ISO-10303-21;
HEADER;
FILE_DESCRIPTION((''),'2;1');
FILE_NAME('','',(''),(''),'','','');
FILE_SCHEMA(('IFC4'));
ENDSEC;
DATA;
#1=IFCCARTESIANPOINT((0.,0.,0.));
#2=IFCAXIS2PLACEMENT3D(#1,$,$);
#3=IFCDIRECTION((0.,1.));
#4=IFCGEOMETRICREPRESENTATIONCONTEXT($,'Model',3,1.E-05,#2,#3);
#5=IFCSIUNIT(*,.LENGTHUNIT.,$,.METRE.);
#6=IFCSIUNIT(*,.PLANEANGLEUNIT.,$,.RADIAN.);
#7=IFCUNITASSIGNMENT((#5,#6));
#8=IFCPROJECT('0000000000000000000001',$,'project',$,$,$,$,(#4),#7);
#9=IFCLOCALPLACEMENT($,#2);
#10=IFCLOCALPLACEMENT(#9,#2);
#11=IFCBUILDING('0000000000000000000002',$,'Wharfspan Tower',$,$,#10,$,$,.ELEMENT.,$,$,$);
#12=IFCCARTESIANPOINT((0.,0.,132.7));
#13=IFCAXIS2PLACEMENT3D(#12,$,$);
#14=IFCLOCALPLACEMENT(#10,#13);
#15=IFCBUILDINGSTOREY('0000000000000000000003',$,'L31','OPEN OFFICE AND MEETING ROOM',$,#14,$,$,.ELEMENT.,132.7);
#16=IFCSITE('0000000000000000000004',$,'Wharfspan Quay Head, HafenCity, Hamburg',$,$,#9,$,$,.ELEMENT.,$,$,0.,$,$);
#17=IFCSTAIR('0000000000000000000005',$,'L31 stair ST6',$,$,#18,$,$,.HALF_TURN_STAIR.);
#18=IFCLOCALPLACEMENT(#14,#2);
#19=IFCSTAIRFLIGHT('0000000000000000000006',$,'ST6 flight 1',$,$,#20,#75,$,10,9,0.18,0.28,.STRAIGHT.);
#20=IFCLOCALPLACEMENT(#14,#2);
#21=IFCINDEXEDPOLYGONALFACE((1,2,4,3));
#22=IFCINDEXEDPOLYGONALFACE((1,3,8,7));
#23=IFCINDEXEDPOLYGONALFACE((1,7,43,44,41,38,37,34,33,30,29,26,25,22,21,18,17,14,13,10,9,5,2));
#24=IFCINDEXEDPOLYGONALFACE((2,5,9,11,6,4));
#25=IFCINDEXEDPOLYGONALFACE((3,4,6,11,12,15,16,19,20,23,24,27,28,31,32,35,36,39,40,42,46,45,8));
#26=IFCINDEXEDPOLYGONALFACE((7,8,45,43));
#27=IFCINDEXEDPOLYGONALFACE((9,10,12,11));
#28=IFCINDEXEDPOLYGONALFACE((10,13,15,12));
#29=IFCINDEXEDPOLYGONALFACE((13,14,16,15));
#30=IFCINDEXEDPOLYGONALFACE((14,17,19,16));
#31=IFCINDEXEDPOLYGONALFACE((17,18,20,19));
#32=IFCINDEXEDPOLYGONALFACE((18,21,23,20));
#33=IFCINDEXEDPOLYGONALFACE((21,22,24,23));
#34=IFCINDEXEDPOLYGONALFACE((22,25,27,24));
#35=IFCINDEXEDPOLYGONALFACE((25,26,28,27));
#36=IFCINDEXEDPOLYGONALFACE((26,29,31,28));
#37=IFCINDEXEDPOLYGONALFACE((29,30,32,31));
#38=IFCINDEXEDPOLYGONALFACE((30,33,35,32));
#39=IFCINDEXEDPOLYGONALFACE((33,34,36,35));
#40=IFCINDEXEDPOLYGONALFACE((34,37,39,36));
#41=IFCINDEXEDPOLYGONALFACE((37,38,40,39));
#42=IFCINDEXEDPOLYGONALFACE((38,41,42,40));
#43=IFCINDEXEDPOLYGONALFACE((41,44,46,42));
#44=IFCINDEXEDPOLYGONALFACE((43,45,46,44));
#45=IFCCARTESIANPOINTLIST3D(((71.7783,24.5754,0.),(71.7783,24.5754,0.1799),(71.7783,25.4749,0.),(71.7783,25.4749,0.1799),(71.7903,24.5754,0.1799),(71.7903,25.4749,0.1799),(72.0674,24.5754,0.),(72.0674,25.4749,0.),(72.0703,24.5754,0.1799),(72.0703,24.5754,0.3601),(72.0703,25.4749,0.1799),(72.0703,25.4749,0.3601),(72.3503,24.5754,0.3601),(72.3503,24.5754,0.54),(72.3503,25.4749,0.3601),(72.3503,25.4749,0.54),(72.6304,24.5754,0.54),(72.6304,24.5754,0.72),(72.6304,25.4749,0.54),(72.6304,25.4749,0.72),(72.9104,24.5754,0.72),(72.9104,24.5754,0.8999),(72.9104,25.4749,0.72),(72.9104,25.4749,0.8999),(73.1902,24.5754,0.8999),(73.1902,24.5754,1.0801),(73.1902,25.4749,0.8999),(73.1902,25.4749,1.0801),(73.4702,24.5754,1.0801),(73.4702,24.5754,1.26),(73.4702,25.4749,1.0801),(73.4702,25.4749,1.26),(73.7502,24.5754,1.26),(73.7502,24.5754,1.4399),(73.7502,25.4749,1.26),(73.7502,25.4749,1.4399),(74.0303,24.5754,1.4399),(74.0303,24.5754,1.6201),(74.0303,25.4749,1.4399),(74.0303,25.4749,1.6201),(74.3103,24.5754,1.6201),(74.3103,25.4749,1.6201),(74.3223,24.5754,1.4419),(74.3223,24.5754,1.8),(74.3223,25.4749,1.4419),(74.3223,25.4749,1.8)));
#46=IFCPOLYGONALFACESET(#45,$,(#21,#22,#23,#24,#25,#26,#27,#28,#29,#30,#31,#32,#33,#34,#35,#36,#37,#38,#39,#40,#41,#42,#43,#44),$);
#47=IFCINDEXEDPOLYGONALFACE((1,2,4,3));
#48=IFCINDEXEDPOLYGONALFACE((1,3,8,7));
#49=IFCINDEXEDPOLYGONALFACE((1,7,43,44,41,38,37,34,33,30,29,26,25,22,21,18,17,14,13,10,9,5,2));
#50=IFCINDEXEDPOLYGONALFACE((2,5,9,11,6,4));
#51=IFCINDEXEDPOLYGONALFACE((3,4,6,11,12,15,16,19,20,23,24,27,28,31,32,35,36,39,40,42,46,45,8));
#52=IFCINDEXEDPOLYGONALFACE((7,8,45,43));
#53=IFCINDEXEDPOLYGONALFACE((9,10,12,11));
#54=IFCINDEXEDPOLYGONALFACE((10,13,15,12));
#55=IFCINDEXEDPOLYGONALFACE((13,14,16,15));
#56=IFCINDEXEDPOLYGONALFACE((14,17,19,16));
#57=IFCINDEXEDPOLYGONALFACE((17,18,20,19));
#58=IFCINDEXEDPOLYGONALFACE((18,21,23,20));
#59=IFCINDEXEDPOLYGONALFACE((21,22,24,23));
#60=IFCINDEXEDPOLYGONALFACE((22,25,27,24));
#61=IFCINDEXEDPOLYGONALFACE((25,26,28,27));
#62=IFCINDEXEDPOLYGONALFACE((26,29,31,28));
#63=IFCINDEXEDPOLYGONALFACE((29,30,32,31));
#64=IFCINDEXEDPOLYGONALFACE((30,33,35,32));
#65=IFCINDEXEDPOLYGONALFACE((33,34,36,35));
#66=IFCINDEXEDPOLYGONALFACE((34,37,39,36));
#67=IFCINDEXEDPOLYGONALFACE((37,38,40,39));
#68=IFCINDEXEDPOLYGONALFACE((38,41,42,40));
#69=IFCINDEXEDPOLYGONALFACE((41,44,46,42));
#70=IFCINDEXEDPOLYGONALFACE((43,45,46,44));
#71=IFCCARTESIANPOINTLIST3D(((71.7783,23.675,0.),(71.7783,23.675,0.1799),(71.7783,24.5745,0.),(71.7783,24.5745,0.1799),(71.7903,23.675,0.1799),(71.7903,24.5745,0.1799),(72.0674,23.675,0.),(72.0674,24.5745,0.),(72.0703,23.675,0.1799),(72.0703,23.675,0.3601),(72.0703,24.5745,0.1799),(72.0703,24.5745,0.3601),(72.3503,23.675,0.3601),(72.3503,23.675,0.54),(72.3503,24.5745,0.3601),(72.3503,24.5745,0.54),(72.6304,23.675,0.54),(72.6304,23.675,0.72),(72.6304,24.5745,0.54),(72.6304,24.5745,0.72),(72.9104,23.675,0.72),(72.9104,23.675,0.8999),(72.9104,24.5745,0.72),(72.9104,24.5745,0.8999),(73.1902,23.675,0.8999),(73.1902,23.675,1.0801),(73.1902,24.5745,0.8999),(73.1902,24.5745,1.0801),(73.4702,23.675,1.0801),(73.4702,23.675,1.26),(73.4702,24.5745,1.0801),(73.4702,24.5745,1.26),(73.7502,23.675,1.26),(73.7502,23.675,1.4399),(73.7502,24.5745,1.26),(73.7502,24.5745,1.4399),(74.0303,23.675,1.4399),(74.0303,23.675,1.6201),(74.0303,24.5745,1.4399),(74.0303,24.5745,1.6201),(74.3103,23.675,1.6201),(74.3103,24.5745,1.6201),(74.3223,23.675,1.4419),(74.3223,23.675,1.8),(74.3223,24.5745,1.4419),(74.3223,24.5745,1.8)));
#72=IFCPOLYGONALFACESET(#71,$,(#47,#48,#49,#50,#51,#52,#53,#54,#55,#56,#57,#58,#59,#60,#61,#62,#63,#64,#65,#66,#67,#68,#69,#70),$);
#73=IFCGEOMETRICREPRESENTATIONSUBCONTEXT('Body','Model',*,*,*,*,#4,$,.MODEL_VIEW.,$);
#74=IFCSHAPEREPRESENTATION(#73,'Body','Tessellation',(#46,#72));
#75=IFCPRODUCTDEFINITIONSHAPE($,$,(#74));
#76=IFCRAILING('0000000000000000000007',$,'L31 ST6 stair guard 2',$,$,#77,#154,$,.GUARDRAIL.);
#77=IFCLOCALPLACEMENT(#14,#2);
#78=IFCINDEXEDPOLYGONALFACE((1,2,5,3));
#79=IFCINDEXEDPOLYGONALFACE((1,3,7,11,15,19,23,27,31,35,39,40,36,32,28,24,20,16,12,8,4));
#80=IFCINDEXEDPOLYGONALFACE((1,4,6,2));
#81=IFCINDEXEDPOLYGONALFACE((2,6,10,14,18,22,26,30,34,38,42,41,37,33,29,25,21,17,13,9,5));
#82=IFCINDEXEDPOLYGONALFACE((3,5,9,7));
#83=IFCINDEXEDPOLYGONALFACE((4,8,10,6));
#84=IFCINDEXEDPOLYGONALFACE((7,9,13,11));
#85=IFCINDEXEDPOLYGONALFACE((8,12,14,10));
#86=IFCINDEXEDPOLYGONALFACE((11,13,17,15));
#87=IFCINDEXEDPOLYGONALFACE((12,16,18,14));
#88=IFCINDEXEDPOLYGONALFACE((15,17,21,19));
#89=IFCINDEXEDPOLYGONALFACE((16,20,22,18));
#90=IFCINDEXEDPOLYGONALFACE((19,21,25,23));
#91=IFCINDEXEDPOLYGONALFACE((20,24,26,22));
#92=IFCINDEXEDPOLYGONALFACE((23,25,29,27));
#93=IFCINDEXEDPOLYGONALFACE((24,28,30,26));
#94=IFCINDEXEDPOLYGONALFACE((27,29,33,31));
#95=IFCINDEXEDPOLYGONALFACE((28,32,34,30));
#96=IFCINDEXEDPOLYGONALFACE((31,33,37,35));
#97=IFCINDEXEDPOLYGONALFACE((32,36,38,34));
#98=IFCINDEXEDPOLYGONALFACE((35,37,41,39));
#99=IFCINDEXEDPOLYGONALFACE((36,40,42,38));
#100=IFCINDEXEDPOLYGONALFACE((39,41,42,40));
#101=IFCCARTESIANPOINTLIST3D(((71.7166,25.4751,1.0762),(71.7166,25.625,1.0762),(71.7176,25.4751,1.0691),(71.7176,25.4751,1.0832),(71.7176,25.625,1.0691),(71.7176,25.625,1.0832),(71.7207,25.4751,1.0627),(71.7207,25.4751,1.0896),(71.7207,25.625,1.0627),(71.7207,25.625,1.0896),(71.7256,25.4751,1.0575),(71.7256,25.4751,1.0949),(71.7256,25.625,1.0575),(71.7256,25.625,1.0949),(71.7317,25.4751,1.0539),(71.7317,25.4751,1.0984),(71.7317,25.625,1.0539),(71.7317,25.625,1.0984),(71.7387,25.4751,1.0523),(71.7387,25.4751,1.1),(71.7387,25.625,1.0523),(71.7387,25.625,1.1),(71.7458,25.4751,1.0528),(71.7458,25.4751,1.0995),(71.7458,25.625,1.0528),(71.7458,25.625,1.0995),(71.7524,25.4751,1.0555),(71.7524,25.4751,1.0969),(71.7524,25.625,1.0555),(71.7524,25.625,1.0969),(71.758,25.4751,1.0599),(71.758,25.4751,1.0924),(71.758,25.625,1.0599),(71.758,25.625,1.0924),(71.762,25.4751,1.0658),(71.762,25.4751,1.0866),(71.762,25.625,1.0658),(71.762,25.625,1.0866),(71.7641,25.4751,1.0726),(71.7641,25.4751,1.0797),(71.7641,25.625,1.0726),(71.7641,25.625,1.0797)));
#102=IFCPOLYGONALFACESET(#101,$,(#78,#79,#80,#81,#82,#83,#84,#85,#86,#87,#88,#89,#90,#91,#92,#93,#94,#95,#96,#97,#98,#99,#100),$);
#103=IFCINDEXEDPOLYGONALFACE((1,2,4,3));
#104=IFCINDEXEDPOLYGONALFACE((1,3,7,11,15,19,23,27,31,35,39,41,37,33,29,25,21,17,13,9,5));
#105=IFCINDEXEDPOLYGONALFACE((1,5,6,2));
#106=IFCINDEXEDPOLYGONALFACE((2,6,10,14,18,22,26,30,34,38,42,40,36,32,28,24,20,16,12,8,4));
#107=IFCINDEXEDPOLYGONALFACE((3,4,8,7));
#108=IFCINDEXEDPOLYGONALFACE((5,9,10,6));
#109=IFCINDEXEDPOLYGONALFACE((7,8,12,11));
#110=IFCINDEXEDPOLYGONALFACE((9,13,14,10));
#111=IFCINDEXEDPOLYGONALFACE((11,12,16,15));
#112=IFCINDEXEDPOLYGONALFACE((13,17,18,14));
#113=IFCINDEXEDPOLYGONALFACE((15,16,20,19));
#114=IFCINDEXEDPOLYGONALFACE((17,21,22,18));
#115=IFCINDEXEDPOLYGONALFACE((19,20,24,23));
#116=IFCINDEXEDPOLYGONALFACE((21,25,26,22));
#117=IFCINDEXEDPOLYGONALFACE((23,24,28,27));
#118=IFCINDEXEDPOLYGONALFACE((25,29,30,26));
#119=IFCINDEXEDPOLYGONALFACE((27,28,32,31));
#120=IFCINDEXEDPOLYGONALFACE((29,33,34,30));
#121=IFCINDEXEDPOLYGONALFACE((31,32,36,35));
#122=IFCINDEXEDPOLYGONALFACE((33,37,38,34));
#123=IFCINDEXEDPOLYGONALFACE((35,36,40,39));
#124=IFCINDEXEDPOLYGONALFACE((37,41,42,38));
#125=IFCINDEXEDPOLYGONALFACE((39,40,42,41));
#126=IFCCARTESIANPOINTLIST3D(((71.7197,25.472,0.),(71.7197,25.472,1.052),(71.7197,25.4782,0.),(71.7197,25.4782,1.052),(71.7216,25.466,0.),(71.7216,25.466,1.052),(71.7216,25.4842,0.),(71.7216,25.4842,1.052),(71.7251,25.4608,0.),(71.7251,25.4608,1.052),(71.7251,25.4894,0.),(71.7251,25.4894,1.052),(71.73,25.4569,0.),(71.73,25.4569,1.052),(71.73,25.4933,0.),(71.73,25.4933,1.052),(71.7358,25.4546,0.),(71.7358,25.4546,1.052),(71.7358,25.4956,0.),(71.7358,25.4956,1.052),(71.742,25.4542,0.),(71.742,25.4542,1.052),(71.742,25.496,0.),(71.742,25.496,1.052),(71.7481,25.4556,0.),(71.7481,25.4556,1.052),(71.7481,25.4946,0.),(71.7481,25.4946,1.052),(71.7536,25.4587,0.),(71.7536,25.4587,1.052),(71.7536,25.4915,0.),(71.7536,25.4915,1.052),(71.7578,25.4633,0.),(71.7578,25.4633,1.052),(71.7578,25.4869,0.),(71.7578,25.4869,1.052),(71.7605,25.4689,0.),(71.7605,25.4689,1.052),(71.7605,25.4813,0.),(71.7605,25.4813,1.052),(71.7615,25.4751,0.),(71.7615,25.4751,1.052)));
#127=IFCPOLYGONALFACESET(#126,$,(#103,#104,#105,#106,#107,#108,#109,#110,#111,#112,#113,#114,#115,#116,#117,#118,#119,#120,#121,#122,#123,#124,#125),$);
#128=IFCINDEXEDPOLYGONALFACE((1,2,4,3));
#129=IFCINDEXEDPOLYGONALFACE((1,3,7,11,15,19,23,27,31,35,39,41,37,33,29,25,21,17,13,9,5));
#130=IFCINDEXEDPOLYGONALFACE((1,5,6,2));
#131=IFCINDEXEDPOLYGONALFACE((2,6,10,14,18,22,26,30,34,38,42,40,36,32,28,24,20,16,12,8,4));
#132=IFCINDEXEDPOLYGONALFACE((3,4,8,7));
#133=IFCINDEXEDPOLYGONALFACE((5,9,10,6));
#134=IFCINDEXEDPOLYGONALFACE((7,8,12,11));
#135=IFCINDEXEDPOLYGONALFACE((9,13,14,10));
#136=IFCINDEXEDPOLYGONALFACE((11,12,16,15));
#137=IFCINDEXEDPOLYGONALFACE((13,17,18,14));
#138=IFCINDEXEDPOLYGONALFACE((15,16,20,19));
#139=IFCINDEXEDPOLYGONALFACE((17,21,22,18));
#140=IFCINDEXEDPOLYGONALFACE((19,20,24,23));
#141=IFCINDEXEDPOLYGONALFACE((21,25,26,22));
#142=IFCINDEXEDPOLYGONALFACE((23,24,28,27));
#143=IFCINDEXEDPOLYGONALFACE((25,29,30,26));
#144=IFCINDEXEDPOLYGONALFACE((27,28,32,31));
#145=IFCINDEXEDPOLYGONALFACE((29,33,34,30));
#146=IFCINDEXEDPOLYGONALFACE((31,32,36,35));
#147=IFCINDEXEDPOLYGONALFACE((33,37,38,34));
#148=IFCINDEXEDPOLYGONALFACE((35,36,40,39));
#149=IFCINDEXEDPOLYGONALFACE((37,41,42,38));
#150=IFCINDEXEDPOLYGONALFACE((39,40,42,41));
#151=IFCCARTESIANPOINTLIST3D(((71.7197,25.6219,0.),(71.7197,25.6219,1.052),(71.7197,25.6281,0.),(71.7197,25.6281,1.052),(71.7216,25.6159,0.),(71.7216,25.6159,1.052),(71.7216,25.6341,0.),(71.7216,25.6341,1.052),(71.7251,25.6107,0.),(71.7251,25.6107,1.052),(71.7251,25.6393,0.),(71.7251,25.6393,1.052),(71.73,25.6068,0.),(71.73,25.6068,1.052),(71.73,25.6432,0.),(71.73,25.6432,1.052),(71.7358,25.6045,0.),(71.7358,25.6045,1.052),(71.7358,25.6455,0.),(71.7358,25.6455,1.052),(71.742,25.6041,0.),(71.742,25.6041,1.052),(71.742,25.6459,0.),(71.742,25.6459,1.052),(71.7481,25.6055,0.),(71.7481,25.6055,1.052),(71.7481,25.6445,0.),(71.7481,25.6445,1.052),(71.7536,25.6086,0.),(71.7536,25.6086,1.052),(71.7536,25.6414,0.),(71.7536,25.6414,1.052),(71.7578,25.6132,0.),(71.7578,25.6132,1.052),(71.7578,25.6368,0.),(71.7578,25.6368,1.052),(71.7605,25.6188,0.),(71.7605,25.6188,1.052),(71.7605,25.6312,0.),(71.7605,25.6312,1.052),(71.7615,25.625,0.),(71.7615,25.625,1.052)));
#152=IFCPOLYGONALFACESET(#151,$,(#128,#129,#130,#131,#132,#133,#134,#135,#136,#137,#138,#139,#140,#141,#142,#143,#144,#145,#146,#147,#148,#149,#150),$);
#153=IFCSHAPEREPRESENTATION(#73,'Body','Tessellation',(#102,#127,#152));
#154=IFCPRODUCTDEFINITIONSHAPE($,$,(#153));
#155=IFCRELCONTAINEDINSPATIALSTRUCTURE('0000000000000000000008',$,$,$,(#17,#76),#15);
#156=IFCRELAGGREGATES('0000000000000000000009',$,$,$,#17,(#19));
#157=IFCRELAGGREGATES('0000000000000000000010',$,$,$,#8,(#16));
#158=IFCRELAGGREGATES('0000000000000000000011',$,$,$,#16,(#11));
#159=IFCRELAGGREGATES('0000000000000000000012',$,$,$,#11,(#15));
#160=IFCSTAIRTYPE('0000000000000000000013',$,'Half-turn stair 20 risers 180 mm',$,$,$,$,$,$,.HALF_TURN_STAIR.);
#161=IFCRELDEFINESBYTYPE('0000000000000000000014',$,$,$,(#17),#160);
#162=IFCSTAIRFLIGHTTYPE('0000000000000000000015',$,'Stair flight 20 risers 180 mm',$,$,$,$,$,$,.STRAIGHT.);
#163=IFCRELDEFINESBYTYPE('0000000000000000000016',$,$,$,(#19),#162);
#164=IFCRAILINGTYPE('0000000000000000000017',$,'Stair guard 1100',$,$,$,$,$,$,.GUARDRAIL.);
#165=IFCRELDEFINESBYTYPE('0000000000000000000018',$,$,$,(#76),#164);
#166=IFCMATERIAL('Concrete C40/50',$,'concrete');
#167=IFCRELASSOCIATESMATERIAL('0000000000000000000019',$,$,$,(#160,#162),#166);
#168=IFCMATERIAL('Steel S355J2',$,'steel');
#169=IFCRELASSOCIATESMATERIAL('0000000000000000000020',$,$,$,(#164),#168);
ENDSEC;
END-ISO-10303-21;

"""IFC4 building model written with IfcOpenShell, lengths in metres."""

from ifc_helpers import new_model, si_unit, direction, frame, origin, origin_2d, place, context, subcontext, project, spatial, polyline, circle, outline, extrude, material, type_object, element, aggregate, save


model = new_model("IFC4")

# Units and contexts
model_context = context("Model", 3, precision=1e-05, world=origin(), true_north=direction((0.0, 1.0)))
body_context = subcontext(model_context, "Body", "Model", "MODEL_VIEW")
ifc_project = project(units=[si_unit("LENGTHUNIT", "METRE"), si_unit("PLANEANGLEUNIT", "RADIAN")], contexts=[model_context])

# Site, building, storey
site_placement = place(None, origin())
site = spatial("IfcSite", under=ifc_project, at=site_placement, Name="Wharfspan Quay Head, HafenCity, Hamburg", CompositionType="ELEMENT", RefElevation=0.0)
building_placement = place(site_placement, origin())
building = spatial("IfcBuilding", under=site, at=building_placement, Name="Wharfspan Tower", CompositionType="ELEMENT")
storey_placement = place(building_placement, frame((0.0, 0.0, 132.7)))
storey = spatial("IfcBuildingStorey", under=building, at=storey_placement, Name="L31", Description="OPEN OFFICE AND MEETING ROOM", CompositionType="ELEMENT", Elevation=132.7)

# Shared definitions
ifc_material_1 = material(Name="Concrete C40/50", Category="concrete")

# Stair, stair flight
stair_type = type_object("IfcStairType", Name="Half-turn stair 20 risers 180 mm", PredefinedType="HALF_TURN_STAIR", material=ifc_material_1)
stair_placement = place(storey_placement, origin())
stair = element("IfcStair", 1, at=stair_placement, inside=storey, type_object=stair_type, Name="L31 stair ST6", PredefinedType="HALF_TURN_STAIR")
stair_flight_type = type_object("IfcStairFlightType", Name="Stair flight 20 risers 180 mm", PredefinedType="STRAIGHT", material=ifc_material_1)
stair_flight_placement = place(storey_placement, frame((71.7903, 24.575, 0.0), z_axis=(0.0, 0.0, 1.0), x_axis=(1.0, 0.0, 0.0)))
stair_flight = element("IfcStairFlight", 2, at=stair_flight_placement, type_object=stair_flight_type, Name="ST6 flight 1", NumberOfRisers=10, NumberOfTreads=9, PredefinedType="STRAIGHT", RiserHeight=0.18, TreadLength=0.28, context=body_context, shape_type="SweptSolid", body=[
    extrude(outline(polyline([(-0.012, 0.0), (-0.012, 0.1799), (0.0, 0.1799), (0.28, 0.1799), (0.28, 0.3601), (0.5601, 0.3601), (0.5601, 0.54), (0.8401, 0.54), (0.8401, 0.72), (1.1201, 0.72), (1.1201, 0.8999), (1.3999, 0.8999), (1.3999, 1.0801), (1.6799, 1.0801), (1.6799, 1.26), (1.96, 1.26), (1.96, 1.4399), (2.24, 1.4399), (2.24, 1.6201), (2.52, 1.6201), (2.532, 1.8), (2.532, 1.4419), (0.2771, 0.0), (-0.012, 0.0)])), frame((0.0, 0.8999, 0.0), z_axis=(0.0, -1.0, 0.0), x_axis=(1.0, 0.0, 0.0)), (0.0, 0.0, 1.0), 0.8994),
    extrude(outline(polyline([(-0.012, 0.0), (-0.012, 0.1799), (0.0, 0.1799), (0.28, 0.1799), (0.28, 0.3601), (0.5601, 0.3601), (0.5601, 0.54), (0.8401, 0.54), (0.8401, 0.72), (1.1201, 0.72), (1.1201, 0.8999), (1.3999, 0.8999), (1.3999, 1.0801), (1.6799, 1.0801), (1.6799, 1.26), (1.96, 1.26), (1.96, 1.4399), (2.24, 1.4399), (2.24, 1.6201), (2.52, 1.6201), (2.532, 1.8), (2.532, 1.4419), (0.2771, 0.0), (-0.012, 0.0)])), frame((0.0, -0.0005, 0.0), z_axis=(0.0, -1.0, 0.0), x_axis=(1.0, 0.0, 0.0)), (0.0, 0.0, 1.0), 0.8994),
])
aggregate(stair, [stair_flight])

# Railing
ifc_material_2 = material(Name="Steel S355J2", Category="steel")
railing_type = type_object("IfcRailingType", Name="Stair guard 1100", PredefinedType="GUARDRAIL", material=ifc_material_2)
railing_1_placement = place(storey_placement, frame((71.7405, 25.4751, 0.0)))
element("IfcRailing", 3, at=railing_1_placement, inside=storey, type_object=railing_type, Name="L31 ST6 stair guard 2", PredefinedType="GUARDRAIL", context=body_context, shape_type="SweptSolid", body=[
    extrude(circle(Radius=0.0239, at=origin_2d()), frame((0.0, 0.0, 1.0762), z_axis=(0.0, 1.0, 0.0), x_axis=(-1.0, 0.0, 0.0)), (0.0, 0.0, 1.0), 0.1499),
    extrude(circle(Radius=0.021, at=origin_2d()), origin(), (0.0, 0.0, 1.0), 1.052),
    extrude(circle(Radius=0.021, at=origin_2d()), frame((0.0, 0.1499, 0.0)), (0.0, 0.0, 1.0), 1.052),
])

save(model, "model.ifc")
